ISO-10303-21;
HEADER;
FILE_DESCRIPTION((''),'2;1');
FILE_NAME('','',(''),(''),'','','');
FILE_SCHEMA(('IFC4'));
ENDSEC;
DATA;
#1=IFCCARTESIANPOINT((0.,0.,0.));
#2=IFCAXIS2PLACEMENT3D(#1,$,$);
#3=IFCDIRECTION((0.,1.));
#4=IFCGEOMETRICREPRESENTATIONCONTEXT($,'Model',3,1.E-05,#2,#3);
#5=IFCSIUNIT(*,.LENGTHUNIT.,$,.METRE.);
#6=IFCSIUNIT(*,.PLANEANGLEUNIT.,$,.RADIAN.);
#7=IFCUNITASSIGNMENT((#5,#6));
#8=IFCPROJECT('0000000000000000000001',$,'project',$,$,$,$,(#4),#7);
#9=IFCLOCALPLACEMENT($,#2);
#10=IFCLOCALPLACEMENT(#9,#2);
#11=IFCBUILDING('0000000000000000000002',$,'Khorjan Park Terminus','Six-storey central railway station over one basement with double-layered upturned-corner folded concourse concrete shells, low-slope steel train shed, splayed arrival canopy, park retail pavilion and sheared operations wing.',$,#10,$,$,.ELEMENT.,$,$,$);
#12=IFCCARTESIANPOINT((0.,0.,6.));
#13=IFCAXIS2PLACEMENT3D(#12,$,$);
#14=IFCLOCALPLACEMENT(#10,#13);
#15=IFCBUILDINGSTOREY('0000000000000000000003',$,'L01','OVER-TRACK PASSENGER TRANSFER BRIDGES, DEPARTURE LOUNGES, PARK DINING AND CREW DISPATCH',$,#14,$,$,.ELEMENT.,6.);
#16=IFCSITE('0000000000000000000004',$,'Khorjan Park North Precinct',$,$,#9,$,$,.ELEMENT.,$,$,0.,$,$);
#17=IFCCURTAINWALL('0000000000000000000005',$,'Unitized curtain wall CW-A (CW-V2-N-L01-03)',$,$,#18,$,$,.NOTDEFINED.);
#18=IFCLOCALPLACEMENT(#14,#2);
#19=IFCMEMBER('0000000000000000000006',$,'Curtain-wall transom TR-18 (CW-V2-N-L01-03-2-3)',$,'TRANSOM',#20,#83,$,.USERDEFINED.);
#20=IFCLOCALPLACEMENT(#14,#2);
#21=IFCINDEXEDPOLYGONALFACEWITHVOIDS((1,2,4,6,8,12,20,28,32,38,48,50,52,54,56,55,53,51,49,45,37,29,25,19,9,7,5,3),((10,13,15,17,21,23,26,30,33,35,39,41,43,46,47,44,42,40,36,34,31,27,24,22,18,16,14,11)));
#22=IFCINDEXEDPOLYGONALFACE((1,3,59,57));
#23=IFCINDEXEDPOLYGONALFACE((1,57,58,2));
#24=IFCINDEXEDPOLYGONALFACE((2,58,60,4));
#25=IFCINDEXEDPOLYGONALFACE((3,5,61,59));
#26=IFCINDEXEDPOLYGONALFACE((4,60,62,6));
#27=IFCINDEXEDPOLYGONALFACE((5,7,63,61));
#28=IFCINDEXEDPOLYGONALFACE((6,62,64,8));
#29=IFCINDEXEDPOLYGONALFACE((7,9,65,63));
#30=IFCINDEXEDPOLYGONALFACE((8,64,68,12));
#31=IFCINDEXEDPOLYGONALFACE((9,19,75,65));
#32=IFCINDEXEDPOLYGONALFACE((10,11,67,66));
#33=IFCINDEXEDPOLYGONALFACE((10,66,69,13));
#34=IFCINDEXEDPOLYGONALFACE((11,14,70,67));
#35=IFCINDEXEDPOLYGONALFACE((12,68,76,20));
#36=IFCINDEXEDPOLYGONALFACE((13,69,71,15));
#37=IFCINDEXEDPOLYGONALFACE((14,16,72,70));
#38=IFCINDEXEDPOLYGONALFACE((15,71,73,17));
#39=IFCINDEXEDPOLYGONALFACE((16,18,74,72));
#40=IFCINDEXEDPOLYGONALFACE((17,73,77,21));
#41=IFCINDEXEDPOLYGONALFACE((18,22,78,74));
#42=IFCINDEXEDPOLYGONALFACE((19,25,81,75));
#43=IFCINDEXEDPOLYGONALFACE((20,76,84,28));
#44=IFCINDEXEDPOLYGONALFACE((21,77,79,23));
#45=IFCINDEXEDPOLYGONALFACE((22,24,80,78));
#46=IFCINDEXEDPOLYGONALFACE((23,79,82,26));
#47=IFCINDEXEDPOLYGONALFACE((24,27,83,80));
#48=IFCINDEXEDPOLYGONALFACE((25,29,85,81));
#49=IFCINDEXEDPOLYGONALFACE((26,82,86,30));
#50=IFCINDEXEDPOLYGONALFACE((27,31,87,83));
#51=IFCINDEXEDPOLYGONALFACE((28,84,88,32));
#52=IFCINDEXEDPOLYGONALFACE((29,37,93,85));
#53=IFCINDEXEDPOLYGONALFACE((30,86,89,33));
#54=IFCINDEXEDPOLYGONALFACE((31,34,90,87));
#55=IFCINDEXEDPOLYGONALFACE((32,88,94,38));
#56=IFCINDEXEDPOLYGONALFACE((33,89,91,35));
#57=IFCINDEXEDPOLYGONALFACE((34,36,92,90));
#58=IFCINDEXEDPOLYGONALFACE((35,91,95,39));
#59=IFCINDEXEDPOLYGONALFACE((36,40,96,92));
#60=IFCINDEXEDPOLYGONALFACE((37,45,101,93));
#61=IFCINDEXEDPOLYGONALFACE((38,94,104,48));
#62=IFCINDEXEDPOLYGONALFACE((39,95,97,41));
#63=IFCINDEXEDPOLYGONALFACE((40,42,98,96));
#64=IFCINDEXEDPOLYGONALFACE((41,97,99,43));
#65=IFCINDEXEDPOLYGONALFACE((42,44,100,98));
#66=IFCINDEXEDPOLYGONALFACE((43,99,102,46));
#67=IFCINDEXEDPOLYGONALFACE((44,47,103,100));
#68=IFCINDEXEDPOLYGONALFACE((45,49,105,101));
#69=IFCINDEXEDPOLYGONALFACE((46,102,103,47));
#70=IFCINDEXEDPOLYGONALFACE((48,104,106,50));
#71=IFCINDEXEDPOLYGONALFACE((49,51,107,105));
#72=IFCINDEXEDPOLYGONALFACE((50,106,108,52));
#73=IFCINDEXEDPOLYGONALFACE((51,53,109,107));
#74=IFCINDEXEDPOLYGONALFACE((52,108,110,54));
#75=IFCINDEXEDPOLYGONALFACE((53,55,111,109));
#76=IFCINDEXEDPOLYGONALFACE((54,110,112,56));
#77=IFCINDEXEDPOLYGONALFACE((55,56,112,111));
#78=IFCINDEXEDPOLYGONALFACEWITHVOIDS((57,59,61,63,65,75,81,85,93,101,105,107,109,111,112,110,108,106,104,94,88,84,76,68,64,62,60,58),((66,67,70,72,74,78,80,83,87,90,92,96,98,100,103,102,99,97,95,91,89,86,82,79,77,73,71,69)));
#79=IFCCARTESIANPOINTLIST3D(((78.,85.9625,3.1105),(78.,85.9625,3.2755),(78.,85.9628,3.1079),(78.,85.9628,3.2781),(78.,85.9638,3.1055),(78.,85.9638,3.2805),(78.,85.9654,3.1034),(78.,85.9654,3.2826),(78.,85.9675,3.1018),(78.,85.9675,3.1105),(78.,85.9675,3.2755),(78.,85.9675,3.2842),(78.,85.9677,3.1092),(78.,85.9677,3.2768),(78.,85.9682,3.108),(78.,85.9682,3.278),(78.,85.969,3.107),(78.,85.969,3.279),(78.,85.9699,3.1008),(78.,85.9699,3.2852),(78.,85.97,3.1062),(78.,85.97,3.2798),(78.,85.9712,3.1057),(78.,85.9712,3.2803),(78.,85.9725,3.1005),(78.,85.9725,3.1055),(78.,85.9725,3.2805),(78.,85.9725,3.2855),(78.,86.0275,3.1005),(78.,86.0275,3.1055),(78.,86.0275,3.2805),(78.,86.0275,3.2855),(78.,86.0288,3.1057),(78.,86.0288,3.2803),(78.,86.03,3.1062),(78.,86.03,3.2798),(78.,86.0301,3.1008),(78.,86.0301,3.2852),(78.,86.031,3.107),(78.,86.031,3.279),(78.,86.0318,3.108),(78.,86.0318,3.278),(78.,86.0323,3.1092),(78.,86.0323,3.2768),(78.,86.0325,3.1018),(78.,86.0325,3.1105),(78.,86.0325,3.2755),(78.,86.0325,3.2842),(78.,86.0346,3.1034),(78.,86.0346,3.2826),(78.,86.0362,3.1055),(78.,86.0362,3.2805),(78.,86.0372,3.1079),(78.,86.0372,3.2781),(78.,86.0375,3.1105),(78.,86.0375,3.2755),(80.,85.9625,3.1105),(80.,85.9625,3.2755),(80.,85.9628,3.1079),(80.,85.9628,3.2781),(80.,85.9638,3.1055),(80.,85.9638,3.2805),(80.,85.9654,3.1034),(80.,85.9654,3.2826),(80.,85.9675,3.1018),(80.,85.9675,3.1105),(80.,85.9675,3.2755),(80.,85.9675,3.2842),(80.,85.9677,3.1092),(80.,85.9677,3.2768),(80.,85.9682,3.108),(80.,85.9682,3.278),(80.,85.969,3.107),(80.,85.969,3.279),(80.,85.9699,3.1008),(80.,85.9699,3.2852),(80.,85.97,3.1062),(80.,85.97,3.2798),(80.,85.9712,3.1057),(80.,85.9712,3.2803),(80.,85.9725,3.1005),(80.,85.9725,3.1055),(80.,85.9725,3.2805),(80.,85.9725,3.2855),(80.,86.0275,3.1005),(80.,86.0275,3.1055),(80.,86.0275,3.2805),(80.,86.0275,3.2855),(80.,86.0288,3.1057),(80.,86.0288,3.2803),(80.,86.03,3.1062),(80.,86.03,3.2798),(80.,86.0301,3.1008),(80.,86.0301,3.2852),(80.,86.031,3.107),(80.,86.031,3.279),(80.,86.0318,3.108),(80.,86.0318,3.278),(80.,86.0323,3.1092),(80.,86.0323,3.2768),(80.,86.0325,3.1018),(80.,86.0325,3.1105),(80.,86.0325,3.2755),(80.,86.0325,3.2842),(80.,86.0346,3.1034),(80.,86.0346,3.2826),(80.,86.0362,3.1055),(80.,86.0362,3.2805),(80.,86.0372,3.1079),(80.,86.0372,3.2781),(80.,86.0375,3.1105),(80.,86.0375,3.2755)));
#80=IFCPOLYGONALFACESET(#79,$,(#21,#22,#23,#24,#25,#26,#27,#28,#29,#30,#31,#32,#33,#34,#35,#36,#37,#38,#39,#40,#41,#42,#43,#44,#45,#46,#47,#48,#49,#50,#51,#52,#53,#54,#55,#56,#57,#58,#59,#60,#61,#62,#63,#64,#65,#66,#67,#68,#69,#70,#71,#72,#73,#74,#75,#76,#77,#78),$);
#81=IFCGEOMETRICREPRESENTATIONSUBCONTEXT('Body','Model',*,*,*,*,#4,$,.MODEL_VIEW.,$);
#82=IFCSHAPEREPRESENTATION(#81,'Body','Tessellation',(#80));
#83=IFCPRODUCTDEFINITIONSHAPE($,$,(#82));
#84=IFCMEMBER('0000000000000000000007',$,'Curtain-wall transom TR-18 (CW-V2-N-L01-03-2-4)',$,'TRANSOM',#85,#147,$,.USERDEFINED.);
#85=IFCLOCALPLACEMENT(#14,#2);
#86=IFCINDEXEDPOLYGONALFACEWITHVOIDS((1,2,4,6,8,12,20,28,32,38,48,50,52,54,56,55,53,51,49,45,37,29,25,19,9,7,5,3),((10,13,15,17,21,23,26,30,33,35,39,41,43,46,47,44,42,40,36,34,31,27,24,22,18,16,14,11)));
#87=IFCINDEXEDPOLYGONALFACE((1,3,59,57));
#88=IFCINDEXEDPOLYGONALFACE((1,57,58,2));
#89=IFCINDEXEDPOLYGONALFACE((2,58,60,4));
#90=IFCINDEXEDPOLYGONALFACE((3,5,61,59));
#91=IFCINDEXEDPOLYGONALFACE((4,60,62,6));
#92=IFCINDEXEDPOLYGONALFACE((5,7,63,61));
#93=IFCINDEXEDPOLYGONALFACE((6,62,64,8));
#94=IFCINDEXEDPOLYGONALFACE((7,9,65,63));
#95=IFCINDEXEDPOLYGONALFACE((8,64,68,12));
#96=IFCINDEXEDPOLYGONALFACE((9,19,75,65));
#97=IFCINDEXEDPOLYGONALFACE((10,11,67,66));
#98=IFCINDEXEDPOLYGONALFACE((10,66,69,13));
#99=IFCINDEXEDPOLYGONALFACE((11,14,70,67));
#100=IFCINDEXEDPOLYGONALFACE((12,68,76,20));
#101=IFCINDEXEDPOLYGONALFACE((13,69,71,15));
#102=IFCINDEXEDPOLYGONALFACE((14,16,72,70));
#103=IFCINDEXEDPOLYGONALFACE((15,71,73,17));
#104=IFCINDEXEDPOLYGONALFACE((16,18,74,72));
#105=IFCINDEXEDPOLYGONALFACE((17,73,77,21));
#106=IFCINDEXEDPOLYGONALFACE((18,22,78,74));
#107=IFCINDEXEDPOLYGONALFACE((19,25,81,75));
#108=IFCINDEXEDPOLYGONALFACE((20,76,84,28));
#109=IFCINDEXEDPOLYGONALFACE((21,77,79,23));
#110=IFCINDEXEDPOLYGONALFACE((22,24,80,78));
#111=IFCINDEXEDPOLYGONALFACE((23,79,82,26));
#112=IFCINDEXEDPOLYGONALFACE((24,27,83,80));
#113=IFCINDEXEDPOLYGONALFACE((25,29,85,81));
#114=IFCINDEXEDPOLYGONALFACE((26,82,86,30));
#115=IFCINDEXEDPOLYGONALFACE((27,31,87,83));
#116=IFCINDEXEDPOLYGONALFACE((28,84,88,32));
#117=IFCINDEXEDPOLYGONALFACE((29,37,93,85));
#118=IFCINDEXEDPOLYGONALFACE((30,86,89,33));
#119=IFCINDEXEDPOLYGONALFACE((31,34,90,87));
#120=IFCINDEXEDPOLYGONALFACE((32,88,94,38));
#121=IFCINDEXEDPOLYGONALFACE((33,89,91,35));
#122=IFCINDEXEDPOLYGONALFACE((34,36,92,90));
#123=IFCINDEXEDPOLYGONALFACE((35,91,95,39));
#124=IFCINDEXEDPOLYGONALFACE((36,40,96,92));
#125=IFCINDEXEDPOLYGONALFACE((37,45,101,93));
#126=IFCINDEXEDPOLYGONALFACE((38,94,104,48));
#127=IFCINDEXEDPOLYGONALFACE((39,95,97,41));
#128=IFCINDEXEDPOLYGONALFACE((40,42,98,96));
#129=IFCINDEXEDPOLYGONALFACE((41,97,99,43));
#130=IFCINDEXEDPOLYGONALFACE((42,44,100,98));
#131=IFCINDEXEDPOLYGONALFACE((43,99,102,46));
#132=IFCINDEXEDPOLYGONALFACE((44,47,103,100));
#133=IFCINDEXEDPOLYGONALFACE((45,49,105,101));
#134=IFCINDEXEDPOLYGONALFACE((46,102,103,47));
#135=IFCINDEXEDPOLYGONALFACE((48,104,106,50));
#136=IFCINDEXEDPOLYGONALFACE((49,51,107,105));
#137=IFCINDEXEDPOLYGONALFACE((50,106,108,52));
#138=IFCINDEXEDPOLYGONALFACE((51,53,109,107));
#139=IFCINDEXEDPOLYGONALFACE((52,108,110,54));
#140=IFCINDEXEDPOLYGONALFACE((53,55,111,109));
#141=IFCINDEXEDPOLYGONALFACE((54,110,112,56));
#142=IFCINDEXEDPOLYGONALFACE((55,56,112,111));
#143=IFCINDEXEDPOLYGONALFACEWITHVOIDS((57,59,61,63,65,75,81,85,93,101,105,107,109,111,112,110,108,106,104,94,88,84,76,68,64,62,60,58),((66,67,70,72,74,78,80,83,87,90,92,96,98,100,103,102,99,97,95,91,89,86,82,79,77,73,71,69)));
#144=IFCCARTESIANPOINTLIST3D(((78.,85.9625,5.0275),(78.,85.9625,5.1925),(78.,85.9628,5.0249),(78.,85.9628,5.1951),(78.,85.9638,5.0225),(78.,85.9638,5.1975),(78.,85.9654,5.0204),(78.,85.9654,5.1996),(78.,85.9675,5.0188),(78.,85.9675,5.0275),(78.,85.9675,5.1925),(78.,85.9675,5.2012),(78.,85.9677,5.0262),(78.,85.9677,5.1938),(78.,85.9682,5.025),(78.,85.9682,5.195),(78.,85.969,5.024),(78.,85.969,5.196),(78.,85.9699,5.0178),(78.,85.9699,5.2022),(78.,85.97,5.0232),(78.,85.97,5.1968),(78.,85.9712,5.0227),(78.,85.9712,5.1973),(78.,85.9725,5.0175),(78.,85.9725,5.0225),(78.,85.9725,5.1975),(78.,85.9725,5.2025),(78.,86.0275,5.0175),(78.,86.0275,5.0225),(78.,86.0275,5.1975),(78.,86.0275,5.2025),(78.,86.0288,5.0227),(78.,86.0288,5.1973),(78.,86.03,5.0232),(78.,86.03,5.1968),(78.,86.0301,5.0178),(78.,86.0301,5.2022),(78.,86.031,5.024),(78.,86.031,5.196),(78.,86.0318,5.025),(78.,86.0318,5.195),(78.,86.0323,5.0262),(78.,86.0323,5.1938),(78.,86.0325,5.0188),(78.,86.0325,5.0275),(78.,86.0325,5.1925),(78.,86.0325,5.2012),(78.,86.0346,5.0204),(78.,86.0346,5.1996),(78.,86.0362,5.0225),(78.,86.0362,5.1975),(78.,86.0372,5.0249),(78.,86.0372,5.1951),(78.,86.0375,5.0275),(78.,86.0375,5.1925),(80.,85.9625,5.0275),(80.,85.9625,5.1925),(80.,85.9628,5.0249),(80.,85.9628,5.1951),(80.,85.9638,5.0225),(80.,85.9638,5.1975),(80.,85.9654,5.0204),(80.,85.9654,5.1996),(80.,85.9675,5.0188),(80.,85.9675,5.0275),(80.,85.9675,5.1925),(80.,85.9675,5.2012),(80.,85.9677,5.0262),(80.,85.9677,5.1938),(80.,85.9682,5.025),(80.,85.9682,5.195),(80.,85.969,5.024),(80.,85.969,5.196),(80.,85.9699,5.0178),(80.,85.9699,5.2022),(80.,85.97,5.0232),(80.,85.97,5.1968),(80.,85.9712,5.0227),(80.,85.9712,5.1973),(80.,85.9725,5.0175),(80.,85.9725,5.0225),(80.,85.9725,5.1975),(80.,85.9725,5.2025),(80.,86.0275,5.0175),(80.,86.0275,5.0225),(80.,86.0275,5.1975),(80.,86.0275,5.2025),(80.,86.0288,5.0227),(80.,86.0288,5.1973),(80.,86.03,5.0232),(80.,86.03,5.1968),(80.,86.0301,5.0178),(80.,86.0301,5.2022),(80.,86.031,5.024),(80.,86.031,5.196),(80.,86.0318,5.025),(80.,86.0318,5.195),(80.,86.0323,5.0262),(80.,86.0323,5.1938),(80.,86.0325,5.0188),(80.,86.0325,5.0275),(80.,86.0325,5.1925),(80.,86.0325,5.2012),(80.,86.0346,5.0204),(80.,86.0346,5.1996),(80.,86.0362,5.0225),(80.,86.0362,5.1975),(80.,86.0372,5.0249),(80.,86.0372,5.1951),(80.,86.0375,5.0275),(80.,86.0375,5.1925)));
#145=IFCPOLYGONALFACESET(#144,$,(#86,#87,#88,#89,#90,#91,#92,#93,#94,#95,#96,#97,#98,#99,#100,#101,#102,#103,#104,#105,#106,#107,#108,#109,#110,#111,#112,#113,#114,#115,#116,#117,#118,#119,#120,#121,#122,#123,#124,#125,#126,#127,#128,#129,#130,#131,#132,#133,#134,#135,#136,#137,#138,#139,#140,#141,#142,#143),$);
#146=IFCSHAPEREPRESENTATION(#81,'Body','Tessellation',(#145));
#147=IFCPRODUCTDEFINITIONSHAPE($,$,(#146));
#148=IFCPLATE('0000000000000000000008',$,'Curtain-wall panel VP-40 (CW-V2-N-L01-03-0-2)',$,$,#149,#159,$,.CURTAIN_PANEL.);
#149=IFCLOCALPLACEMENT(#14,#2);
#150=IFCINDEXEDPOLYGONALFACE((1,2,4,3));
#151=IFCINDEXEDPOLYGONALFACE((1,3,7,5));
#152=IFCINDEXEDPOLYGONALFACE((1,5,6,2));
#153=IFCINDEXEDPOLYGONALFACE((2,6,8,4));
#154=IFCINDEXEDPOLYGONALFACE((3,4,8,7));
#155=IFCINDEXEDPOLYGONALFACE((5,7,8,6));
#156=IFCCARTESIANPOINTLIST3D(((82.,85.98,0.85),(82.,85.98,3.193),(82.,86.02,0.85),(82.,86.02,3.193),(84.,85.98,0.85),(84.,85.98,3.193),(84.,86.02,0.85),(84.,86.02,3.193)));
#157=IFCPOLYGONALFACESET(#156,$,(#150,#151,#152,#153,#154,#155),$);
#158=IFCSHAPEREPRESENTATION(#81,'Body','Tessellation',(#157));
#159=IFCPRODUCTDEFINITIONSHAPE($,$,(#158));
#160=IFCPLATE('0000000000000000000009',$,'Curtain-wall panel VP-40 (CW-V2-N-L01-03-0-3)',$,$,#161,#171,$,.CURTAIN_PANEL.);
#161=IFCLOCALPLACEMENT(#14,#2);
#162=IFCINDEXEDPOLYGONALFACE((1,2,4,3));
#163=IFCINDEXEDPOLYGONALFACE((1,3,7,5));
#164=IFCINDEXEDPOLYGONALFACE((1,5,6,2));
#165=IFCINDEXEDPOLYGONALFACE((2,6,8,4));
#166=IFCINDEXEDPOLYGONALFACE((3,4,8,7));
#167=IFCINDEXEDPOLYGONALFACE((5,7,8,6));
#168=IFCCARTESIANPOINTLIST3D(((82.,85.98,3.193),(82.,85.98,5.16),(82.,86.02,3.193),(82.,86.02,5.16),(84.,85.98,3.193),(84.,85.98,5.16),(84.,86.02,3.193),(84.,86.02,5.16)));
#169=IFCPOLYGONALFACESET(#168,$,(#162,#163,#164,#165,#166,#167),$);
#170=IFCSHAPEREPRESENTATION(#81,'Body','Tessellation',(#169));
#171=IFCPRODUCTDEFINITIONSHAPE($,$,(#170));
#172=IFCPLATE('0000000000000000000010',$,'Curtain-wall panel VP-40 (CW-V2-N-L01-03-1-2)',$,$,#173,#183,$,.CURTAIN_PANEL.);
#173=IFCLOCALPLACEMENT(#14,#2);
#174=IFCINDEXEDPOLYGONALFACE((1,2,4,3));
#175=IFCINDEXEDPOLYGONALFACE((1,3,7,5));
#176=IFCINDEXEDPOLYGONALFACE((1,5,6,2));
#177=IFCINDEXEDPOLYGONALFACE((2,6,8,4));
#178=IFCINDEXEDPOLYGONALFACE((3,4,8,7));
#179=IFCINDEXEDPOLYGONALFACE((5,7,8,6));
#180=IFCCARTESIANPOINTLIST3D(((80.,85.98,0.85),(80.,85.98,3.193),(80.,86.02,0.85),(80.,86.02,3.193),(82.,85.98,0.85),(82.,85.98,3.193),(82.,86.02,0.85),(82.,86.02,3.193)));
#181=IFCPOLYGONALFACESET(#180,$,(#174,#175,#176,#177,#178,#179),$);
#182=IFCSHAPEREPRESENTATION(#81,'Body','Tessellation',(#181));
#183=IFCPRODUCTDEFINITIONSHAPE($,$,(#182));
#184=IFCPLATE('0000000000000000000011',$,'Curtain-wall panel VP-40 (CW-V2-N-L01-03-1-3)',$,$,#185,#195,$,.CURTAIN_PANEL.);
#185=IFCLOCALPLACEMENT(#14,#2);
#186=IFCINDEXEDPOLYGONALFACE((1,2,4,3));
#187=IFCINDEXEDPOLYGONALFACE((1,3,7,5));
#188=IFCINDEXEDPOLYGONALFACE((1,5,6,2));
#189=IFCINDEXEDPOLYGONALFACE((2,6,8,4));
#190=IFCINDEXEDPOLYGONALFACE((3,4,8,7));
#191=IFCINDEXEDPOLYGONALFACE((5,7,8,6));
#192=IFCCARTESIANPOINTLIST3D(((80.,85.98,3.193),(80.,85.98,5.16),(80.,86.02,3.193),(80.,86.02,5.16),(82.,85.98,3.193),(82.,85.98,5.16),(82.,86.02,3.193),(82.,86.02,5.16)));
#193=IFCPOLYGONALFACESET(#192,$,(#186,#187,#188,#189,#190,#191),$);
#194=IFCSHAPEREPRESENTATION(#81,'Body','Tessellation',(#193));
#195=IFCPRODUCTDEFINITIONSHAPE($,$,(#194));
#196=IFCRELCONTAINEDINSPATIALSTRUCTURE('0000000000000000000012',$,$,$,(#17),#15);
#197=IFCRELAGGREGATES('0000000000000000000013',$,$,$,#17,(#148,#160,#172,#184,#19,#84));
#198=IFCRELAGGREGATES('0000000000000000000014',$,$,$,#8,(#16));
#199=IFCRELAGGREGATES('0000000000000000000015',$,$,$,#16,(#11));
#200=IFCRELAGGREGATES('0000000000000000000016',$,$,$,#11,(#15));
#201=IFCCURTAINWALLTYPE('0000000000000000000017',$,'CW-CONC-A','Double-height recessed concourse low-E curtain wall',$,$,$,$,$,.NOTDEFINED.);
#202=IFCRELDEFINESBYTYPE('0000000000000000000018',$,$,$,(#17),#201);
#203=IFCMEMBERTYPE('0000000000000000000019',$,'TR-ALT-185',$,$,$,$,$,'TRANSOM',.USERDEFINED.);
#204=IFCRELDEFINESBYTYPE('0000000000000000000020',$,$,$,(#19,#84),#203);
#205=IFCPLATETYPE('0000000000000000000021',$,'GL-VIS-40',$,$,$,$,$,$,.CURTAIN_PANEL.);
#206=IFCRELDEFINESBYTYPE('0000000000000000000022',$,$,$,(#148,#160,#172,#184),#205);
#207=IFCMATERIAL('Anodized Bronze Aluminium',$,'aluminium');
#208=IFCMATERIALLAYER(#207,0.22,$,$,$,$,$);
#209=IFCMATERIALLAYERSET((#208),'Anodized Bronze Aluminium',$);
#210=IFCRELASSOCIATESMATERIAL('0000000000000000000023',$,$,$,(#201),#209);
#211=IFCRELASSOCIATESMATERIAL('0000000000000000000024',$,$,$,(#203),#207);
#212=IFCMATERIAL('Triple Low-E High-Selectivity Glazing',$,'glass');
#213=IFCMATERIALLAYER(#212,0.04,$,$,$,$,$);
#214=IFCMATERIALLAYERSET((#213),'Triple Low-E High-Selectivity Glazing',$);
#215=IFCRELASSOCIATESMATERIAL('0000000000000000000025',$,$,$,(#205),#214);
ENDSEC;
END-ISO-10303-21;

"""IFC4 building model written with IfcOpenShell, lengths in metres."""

from ifc_helpers import new_model, si_unit, direction, frame, origin, origin_2d, place, context, subcontext, project, spatial, rectangle, hollow_rectangle, extrude, material, layer, layer_set, material_profile, profile_set, type_object, element, aggregate, save


model = new_model("IFC4")

# Units and contexts
model_context = context("Model", 3, precision=1e-05, world=origin(), true_north=direction((0.0, 1.0)))
body_context = subcontext(model_context, "Body", "Model", "MODEL_VIEW")
ifc_project = project(units=[si_unit("LENGTHUNIT", "METRE"), si_unit("PLANEANGLEUNIT", "RADIAN")], contexts=[model_context])

# Site, building, storey
site_placement = place(None, origin())
site = spatial("IfcSite", under=ifc_project, at=site_placement, Name="Khorjan Park North Precinct", CompositionType="ELEMENT", RefElevation=0.0)
building_placement = place(site_placement, origin())
building = spatial("IfcBuilding", under=site, at=building_placement, Name="Khorjan Park Terminus", Description="Six-storey central railway station over one basement with double-layered upturned-corner folded concourse concrete shells, low-slope steel train shed, splayed arrival canopy, park retail pavilion and sheared operations wing.", CompositionType="ELEMENT")
storey_placement = place(building_placement, frame((0.0, 0.0, 6.0)))
storey = spatial("IfcBuildingStorey", under=building, at=storey_placement, Name="L01", Description="OVER-TRACK PASSENGER TRANSFER BRIDGES, DEPARTURE LOUNGES, PARK DINING AND CREW DISPATCH", CompositionType="ELEMENT", Elevation=6.0)

# Curtain wall
ifc_material_1 = material(Name="Anodized Bronze Aluminium", Category="aluminium")
ifc_layer_1 = layer(ifc_material_1, 0.22)
ifc_layer_set_1 = layer_set([ifc_layer_1], Name="Anodized Bronze Aluminium")
curtain_wall_type = type_object("IfcCurtainWallType", Name="CW-CONC-A", Description="Double-height recessed concourse low-E curtain wall", PredefinedType="NOTDEFINED", material=ifc_layer_set_1)
curtain_wall_1_placement = place(storey_placement, origin())
curtain_wall_1 = element("IfcCurtainWall", 1, at=curtain_wall_1_placement, inside=storey, type_object=curtain_wall_type, Name="Unitized curtain wall CW-A (CW-V2-N-L01-03)", PredefinedType="NOTDEFINED")

# Members
ifc_material_profile_1 = material_profile(ifc_material_1, hollow_rectangle(XDim=0.075, YDim=0.185, WallThickness=0.005, InnerFilletRadius=0.005, OuterFilletRadius=0.01, at=origin_2d()), Name="ALT 75x185x5")
ifc_profile_set_1 = profile_set([ifc_material_profile_1], Name="Anodized Bronze Aluminium")
member_type_1 = type_object("IfcMemberType", Name="TR-ALT-185", ElementType="TRANSOM", PredefinedType="USERDEFINED", material=ifc_profile_set_1)
member_1_placement = place(storey_placement, frame((80.0, 86.0, 3.193), z_axis=(-1.0, 0.0, 0.0), x_axis=(0.0, -1.0, 0.0)))
member_1 = element("IfcMember", 2, at=member_1_placement, type_object=member_type_1, Name="Curtain-wall transom TR-18 (CW-V2-N-L01-03-2-3)", ObjectType="TRANSOM", PredefinedType="USERDEFINED", context=body_context, shape_type="SweptSolid", body=[
    extrude(hollow_rectangle(XDim=0.075, YDim=0.185, WallThickness=0.005, InnerFilletRadius=0.005, OuterFilletRadius=0.01, at=origin_2d()), origin(), (0.0, 0.0, 1.0), 2.0),
])
member_2_placement = place(storey_placement, frame((80.0, 86.0, 5.11), z_axis=(-1.0, 0.0, 0.0), x_axis=(0.0, -1.0, 0.0)))
member_2 = element("IfcMember", 3, at=member_2_placement, type_object=member_type_1, Name="Curtain-wall transom TR-18 (CW-V2-N-L01-03-2-4)", ObjectType="TRANSOM", PredefinedType="USERDEFINED", context=body_context, shape_type="SweptSolid", body=[
    extrude(hollow_rectangle(XDim=0.075, YDim=0.185, WallThickness=0.005, InnerFilletRadius=0.005, OuterFilletRadius=0.01, at=origin_2d()), origin(), (0.0, 0.0, 1.0), 2.0),
])

# Plates
ifc_material_2 = material(Name="Triple Low-E High-Selectivity Glazing", Category="glass")
ifc_layer_2 = layer(ifc_material_2, 0.04)
ifc_layer_set_2 = layer_set([ifc_layer_2], Name="Triple Low-E High-Selectivity Glazing")
plate_type_1 = type_object("IfcPlateType", Name="GL-VIS-40", PredefinedType="CURTAIN_PANEL", material=ifc_layer_set_2)
plate_1_placement = place(storey_placement, frame((83.0, 86.0, 0.85), z_axis=(0.0, 0.0, 1.0), x_axis=(-1.0, 0.0, 0.0)))
plate_1 = element("IfcPlate", 4, at=plate_1_placement, type_object=plate_type_1, Name="Curtain-wall panel VP-40 (CW-V2-N-L01-03-0-2)", PredefinedType="CURTAIN_PANEL", context=body_context, shape_type="SweptSolid", body=[
    extrude(rectangle(XDim=2.0, YDim=0.04, at=origin_2d()), origin(), (0.0, 0.0, 1.0), 2.343),
])
plate_2_placement = place(storey_placement, frame((83.0, 86.0, 3.193), z_axis=(0.0, 0.0, 1.0), x_axis=(-1.0, 0.0, 0.0)))
plate_2 = element("IfcPlate", 5, at=plate_2_placement, type_object=plate_type_1, Name="Curtain-wall panel VP-40 (CW-V2-N-L01-03-0-3)", PredefinedType="CURTAIN_PANEL", context=body_context, shape_type="SweptSolid", body=[
    extrude(rectangle(XDim=2.0, YDim=0.04, at=origin_2d()), origin(), (0.0, 0.0, 1.0), 1.967),
])
plate_3_placement = place(storey_placement, frame((81.0, 86.0, 0.85), z_axis=(0.0, 0.0, 1.0), x_axis=(-1.0, 0.0, 0.0)))
plate_3 = element("IfcPlate", 6, at=plate_3_placement, type_object=plate_type_1, Name="Curtain-wall panel VP-40 (CW-V2-N-L01-03-1-2)", PredefinedType="CURTAIN_PANEL", context=body_context, shape_type="SweptSolid", body=[
    extrude(rectangle(XDim=2.0, YDim=0.04, at=origin_2d()), origin(), (0.0, 0.0, 1.0), 2.343),
])
plate_4_placement = place(storey_placement, frame((81.0, 86.0, 3.193), z_axis=(0.0, 0.0, 1.0), x_axis=(-1.0, 0.0, 0.0)))
plate_4 = element("IfcPlate", 7, at=plate_4_placement, type_object=plate_type_1, Name="Curtain-wall panel VP-40 (CW-V2-N-L01-03-1-3)", PredefinedType="CURTAIN_PANEL", context=body_context, shape_type="SweptSolid", body=[
    extrude(rectangle(XDim=2.0, YDim=0.04, at=origin_2d()), origin(), (0.0, 0.0, 1.0), 1.967),
])

aggregate(curtain_wall_1, [plate_1, plate_2, plate_3, plate_4, member_1, member_2])

save(model, "model.ifc")
